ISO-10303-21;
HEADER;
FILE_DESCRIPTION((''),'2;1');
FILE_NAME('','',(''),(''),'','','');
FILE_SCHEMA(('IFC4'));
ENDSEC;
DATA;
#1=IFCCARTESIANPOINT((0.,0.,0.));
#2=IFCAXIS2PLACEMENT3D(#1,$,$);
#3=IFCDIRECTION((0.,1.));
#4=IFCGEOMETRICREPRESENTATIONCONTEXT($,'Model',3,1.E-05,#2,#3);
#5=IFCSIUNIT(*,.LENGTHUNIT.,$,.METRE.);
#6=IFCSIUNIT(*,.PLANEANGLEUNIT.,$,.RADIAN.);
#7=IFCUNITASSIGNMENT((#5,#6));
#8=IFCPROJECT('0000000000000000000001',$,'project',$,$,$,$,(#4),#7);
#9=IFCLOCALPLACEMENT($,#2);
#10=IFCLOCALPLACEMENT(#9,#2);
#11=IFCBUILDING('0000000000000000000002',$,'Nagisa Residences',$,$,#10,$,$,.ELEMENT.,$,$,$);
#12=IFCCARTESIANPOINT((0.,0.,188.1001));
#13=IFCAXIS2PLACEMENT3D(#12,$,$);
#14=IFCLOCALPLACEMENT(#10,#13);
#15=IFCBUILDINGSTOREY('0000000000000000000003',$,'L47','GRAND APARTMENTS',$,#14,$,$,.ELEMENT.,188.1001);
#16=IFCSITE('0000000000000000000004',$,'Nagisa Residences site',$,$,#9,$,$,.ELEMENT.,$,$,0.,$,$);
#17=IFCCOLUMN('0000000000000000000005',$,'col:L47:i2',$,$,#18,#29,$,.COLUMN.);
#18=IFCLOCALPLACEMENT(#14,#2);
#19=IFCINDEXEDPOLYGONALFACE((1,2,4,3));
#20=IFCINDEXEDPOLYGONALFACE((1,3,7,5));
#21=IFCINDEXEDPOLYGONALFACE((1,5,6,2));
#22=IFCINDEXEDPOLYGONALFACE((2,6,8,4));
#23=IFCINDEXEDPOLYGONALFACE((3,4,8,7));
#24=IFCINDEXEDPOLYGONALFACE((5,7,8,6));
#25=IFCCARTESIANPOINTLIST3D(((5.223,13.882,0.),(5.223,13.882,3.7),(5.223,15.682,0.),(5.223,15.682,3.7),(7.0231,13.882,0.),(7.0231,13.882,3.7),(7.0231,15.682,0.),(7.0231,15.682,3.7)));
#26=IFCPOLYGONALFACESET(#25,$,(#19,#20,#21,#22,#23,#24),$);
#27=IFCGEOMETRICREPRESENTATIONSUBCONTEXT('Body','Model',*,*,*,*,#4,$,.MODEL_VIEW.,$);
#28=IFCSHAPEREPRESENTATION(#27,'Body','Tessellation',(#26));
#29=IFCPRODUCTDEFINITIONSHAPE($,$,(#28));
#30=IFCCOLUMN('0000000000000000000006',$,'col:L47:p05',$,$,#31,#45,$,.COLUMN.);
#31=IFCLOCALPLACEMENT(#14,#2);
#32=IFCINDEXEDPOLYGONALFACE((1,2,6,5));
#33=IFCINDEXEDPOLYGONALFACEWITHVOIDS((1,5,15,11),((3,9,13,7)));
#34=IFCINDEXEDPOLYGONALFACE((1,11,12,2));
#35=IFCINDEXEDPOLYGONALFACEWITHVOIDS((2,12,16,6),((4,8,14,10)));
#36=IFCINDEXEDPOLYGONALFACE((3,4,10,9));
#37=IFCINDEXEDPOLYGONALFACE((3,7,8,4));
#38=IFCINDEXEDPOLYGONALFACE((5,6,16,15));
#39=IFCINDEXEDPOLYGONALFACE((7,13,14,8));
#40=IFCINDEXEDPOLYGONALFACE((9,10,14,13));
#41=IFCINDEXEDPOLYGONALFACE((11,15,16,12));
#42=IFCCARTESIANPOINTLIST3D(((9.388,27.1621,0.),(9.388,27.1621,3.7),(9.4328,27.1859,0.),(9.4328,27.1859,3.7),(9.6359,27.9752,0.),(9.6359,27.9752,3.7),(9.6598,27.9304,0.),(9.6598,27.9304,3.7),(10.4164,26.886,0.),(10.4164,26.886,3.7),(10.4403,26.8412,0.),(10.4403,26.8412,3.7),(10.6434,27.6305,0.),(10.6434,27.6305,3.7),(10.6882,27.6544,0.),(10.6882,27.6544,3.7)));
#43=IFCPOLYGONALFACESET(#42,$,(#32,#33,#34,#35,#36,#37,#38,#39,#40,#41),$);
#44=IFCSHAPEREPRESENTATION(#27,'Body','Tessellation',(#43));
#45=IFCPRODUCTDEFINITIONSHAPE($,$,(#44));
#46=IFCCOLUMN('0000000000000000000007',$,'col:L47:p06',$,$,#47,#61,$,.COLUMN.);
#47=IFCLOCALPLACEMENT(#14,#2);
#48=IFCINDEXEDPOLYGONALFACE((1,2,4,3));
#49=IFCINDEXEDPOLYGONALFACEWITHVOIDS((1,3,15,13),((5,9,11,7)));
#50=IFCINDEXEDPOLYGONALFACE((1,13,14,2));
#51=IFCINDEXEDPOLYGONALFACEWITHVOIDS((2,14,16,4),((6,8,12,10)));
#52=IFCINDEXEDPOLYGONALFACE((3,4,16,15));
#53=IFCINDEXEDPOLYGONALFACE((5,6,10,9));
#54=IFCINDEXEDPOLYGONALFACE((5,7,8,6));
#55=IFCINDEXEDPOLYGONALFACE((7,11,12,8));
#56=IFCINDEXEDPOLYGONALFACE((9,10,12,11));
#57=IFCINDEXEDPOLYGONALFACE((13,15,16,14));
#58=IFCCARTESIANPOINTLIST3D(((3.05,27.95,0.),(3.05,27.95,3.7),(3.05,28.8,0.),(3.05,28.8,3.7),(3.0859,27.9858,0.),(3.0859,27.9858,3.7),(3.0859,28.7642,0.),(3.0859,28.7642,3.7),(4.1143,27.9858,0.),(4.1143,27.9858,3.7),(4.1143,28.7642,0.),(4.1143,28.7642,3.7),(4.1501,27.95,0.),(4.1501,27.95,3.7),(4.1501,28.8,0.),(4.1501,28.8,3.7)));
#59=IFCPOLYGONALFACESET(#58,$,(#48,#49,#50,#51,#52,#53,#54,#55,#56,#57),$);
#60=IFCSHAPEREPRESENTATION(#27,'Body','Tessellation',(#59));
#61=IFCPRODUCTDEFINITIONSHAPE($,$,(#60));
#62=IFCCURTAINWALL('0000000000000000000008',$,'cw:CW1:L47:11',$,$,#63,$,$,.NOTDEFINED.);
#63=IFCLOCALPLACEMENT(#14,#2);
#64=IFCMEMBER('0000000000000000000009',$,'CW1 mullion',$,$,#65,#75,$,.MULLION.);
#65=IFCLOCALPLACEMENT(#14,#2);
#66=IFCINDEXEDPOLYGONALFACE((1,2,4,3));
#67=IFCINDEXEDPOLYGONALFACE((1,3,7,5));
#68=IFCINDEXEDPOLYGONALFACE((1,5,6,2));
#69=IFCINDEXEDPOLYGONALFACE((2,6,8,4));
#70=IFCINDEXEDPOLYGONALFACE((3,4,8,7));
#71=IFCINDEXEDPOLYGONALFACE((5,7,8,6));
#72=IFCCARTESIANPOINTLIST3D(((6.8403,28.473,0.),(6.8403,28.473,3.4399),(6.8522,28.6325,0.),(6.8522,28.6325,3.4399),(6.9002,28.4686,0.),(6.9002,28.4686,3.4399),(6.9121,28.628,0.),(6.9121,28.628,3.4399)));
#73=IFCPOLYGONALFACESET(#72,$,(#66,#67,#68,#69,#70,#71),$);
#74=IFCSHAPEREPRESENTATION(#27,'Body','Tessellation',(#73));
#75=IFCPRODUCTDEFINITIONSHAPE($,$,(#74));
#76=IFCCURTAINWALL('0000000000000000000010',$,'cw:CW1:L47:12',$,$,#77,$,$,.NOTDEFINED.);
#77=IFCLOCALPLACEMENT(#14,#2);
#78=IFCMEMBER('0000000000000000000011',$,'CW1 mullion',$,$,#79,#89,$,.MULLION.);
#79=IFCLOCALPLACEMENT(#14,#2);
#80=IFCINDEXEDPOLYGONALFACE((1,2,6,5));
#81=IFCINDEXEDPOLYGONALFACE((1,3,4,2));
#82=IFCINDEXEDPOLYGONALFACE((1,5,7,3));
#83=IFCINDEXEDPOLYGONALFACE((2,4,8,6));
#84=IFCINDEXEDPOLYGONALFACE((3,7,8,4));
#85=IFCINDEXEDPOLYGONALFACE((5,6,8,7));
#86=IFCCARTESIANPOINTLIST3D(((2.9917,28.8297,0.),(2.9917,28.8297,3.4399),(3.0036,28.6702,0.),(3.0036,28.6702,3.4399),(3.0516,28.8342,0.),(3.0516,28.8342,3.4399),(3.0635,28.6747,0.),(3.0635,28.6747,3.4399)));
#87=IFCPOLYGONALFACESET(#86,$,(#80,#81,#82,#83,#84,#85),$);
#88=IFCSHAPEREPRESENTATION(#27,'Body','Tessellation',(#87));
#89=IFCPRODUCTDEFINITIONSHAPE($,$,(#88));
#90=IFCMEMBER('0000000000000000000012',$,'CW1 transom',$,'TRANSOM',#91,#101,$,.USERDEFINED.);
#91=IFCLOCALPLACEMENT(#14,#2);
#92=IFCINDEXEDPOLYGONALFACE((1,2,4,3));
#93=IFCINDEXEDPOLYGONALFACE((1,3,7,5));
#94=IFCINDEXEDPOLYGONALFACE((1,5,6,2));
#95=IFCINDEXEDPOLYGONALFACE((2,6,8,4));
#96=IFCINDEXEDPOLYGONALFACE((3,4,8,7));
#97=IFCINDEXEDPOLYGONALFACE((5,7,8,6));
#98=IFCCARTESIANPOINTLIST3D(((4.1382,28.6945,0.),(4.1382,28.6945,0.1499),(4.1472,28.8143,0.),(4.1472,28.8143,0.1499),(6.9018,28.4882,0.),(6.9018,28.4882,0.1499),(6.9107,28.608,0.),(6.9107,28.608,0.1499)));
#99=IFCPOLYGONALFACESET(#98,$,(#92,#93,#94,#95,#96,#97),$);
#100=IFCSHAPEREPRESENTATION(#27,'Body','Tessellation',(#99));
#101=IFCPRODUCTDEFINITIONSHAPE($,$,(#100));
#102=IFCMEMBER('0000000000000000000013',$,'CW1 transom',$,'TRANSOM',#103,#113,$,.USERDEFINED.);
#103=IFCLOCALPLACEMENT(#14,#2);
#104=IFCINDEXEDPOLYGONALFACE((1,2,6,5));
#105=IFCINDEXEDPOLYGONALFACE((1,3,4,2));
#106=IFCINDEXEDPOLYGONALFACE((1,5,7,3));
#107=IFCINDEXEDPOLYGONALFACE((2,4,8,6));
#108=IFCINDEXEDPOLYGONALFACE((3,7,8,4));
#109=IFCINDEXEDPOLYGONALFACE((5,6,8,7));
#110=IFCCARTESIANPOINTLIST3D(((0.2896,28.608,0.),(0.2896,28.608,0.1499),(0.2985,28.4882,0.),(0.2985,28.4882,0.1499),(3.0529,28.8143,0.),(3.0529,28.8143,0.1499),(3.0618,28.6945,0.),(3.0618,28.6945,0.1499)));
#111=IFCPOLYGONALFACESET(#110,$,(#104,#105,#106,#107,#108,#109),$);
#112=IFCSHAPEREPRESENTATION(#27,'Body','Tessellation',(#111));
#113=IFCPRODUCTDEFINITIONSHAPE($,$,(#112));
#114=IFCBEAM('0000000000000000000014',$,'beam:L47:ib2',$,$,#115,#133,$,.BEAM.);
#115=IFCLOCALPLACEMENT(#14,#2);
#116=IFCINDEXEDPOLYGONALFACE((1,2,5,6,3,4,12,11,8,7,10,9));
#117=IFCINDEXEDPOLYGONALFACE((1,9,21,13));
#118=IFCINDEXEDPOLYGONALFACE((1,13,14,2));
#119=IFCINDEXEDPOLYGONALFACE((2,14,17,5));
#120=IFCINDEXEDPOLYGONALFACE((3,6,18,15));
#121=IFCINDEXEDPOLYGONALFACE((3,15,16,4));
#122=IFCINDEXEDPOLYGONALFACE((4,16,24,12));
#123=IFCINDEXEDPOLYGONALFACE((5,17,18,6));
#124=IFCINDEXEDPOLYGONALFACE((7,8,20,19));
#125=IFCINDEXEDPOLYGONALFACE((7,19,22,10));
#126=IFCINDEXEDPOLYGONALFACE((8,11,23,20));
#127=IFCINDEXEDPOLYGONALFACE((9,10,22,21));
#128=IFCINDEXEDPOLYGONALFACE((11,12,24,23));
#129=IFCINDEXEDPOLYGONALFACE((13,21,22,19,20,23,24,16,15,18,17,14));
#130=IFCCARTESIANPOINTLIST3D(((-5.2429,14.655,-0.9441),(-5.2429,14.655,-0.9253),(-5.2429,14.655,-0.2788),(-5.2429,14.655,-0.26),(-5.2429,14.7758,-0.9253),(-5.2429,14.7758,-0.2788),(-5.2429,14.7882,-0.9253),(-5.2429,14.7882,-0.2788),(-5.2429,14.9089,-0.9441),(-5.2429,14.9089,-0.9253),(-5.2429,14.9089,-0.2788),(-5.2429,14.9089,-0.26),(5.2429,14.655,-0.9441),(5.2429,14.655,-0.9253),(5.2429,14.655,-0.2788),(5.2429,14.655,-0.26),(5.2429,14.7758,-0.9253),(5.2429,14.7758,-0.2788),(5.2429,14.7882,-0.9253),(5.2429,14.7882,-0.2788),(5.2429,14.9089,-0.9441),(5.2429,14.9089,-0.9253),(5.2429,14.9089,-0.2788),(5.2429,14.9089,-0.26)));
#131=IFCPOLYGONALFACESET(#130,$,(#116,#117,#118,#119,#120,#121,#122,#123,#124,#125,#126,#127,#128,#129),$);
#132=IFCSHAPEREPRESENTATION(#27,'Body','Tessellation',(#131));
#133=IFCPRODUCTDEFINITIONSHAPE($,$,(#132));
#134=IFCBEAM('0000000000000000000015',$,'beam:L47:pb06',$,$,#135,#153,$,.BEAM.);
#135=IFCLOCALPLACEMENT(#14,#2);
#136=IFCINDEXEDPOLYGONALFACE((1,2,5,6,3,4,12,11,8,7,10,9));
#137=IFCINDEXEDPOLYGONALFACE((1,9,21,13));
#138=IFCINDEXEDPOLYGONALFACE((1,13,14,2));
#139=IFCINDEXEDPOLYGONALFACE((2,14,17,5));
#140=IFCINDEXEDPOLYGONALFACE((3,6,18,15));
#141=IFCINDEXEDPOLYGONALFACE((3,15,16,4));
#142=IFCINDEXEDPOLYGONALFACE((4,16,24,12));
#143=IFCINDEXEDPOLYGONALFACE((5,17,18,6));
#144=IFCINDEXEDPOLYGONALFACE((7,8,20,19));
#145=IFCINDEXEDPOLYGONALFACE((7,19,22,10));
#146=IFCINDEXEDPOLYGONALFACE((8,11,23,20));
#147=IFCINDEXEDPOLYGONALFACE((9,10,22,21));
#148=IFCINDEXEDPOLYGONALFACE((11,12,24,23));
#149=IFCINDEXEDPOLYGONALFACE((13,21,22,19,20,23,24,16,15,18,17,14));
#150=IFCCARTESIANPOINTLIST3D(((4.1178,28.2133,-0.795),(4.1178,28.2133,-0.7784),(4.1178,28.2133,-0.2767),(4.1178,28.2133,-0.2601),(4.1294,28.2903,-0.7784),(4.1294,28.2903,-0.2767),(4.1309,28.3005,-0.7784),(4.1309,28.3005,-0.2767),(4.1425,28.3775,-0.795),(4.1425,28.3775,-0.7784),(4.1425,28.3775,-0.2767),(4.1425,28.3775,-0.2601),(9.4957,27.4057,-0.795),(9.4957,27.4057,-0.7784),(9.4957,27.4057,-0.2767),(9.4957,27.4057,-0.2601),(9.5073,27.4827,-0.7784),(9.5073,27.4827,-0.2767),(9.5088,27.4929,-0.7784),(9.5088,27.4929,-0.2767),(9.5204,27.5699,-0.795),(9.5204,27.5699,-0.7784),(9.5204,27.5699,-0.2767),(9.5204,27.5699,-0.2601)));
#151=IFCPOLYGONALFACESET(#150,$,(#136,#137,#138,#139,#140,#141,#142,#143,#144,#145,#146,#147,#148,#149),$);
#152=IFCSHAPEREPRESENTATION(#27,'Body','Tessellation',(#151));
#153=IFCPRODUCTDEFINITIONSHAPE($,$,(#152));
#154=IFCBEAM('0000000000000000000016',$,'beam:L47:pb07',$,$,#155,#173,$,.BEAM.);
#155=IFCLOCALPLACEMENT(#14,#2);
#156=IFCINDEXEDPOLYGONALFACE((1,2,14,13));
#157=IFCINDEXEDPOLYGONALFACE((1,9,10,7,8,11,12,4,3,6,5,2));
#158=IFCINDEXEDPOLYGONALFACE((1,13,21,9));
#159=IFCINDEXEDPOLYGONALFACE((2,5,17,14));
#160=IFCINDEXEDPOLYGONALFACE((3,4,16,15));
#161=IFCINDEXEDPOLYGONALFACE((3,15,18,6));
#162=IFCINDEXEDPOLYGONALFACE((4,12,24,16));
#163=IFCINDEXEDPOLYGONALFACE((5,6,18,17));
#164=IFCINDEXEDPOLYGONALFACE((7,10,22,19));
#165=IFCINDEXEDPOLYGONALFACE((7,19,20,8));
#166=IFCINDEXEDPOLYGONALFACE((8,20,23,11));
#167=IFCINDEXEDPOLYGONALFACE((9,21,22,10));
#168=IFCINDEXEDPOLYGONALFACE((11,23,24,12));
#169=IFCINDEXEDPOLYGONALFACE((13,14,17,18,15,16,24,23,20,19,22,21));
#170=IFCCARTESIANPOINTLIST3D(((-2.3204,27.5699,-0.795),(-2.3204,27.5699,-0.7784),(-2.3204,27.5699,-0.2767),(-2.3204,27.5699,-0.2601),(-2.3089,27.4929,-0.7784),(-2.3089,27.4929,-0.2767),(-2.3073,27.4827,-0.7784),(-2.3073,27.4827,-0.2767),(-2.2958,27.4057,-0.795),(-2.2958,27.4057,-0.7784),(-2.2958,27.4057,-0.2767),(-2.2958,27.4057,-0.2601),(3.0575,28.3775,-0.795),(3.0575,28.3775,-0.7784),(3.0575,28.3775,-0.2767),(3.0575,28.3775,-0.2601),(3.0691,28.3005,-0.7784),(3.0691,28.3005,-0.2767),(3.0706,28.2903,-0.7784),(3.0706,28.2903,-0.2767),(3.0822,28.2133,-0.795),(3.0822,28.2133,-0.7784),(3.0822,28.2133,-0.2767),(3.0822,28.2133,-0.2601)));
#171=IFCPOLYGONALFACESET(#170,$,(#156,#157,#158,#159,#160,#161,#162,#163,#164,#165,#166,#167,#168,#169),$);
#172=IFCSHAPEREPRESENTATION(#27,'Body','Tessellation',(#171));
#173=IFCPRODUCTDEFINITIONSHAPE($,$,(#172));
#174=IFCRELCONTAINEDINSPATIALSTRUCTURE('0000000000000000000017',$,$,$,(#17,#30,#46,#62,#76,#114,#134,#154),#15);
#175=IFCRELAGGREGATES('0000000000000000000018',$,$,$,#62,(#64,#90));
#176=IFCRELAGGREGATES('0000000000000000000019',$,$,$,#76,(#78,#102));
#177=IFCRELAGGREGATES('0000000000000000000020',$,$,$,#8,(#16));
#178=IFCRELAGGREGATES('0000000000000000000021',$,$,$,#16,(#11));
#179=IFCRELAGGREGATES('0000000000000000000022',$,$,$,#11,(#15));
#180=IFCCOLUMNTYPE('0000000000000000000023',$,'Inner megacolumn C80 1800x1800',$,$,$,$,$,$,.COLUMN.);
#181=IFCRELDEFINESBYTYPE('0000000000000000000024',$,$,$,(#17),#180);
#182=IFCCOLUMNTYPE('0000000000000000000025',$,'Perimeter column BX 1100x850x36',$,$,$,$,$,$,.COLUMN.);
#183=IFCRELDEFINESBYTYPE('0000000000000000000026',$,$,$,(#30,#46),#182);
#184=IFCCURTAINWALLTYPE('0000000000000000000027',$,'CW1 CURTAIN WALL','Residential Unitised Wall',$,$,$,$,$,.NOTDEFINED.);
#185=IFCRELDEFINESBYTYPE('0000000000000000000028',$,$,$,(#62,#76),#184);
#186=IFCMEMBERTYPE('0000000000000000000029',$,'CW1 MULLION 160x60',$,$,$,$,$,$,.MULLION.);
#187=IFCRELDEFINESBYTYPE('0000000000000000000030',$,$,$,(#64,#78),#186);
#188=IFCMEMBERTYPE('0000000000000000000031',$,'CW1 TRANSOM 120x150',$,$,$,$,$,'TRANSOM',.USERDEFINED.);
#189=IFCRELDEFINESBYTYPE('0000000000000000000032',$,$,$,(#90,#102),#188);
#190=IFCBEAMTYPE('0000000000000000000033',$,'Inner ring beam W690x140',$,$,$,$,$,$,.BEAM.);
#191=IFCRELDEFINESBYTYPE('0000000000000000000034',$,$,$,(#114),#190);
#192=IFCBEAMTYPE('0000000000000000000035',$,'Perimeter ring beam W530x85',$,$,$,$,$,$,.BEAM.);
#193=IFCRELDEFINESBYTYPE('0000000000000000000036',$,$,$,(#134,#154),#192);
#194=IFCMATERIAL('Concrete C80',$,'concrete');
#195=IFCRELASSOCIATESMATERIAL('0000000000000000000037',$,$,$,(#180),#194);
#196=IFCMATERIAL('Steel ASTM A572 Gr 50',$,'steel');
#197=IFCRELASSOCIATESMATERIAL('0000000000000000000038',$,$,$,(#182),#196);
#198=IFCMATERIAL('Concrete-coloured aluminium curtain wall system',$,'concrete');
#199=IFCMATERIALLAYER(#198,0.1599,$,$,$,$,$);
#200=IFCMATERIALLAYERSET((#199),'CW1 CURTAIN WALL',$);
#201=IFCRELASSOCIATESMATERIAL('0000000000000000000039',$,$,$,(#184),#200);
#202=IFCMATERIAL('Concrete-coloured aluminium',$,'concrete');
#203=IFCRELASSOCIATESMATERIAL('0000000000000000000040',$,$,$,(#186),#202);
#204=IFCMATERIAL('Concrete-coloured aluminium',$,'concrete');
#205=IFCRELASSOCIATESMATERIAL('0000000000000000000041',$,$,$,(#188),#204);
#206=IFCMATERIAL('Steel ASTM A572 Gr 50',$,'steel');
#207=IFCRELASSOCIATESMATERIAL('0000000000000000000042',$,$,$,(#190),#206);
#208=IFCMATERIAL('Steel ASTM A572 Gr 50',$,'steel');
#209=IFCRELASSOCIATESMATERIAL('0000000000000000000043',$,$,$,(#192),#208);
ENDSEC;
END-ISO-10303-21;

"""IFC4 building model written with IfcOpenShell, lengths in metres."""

from ifc_helpers import new_model, si_unit, direction, frame, origin, origin_2d, place, context, subcontext, project, spatial, rectangle, hollow_rectangle, i_section, extrude, material, layer, layer_set, material_profile, profile_set, type_object, element, aggregate, save


model = new_model("IFC4")

# Units and contexts
model_context = context("Model", 3, precision=1e-05, world=origin(), true_north=direction((0.0, 1.0)))
body_context = subcontext(model_context, "Body", "Model", "MODEL_VIEW")
ifc_project = project(units=[si_unit("LENGTHUNIT", "METRE"), si_unit("PLANEANGLEUNIT", "RADIAN")], contexts=[model_context])

# Site, building, storey
site_placement = place(None, origin())
site = spatial("IfcSite", under=ifc_project, at=site_placement, Name="Nagisa Residences site", CompositionType="ELEMENT", RefElevation=0.0)
building_placement = place(site_placement, origin())
building = spatial("IfcBuilding", under=site, at=building_placement, Name="Nagisa Residences", CompositionType="ELEMENT")
storey_placement = place(building_placement, frame((0.0, 0.0, 188.1001)))
storey = spatial("IfcBuildingStorey", under=building, at=storey_placement, Name="L47", Description="GRAND APARTMENTS", CompositionType="ELEMENT", Elevation=188.1001)

# Columns
ifc_material_1 = material(Name="Concrete C80", Category="concrete")
ifc_material_profile_1 = material_profile(ifc_material_1, rectangle(XDim=1.8, YDim=1.8, at=origin_2d()), Name="C80 1800x1800")
ifc_profile_set_1 = profile_set([ifc_material_profile_1], Name="Concrete C80")
column_type_1 = type_object("IfcColumnType", Name="Inner megacolumn C80 1800x1800", PredefinedType="COLUMN", material=ifc_profile_set_1)
column_placement = place(storey_placement, frame((6.123, 14.782, 0.0), z_axis=(0.0, 0.0, 1.0), x_axis=(1.0, 0.0, 0.0)))
element("IfcColumn", 1, at=column_placement, inside=storey, type_object=column_type_1, Name="col:L47:i2", PredefinedType="COLUMN", context=body_context, shape_type="SweptSolid", body=[
    extrude(rectangle(XDim=1.8, YDim=1.8, at=origin_2d()), origin(), (0.0, 0.0, 1.0), 3.7),
])
ifc_material_2 = material(Name="Steel ASTM A572 Gr 50", Category="steel")
ifc_material_profile_2 = material_profile(ifc_material_2, hollow_rectangle(XDim=1.1001, YDim=0.8501, WallThickness=0.0359, at=origin_2d()), Name="BX 1100x850x36")
ifc_profile_set_2 = profile_set([ifc_material_profile_2], Name="Steel ASTM A572 Gr 50")
column_type_2 = type_object("IfcColumnType", Name="Perimeter column BX 1100x850x36", PredefinedType="COLUMN", material=ifc_profile_set_2)
for number, where, z_axis, x_axis, name in (
    (2, (10.0381, 27.4082, 0.0), (0.0, 0.0, 1.0), (-0.956525, 0.291652, 0.0), "col:L47:p05"),
    (3, (3.6001, 28.375, 0.0), (0.0, 0.0, 1.0), (-1.0, 0.0, 0.0), "col:L47:p06"),
):
    element("IfcColumn", number, at=place(storey_placement, frame(where, z_axis=z_axis, x_axis=x_axis)), inside=storey, type_object=column_type_2, Name=name, PredefinedType="COLUMN", context=body_context, shape_type="SweptSolid", body=[
        extrude(hollow_rectangle(XDim=1.1001, YDim=0.8501, WallThickness=0.0359, at=origin_2d()), origin(), (0.0, 0.0, 1.0), 3.7),
    ])

# Curtain walls, members
ifc_material_3 = material(Name="Concrete-coloured aluminium curtain wall system", Category="concrete")
ifc_layer_1 = layer(ifc_material_3, 0.1599)
ifc_layer_set_1 = layer_set([ifc_layer_1], Name="CW1 CURTAIN WALL")
curtain_wall_type = type_object("IfcCurtainWallType", Name="CW1 CURTAIN WALL", Description="Residential Unitised Wall", PredefinedType="NOTDEFINED", material=ifc_layer_set_1)
curtain_wall_1_placement = place(storey_placement, origin())
curtain_wall_1 = element("IfcCurtainWall", 4, at=curtain_wall_1_placement, inside=storey, type_object=curtain_wall_type, Name="cw:CW1:L47:11", PredefinedType="NOTDEFINED")
ifc_material_4 = material(Name="Concrete-coloured aluminium", Category="concrete")
ifc_material_profile_3 = material_profile(ifc_material_4, rectangle(XDim=0.1599, YDim=0.0601, at=origin_2d()), Name="CW1 MULLION 160x60")
ifc_profile_set_3 = profile_set([ifc_material_profile_3], Name="Concrete-coloured aluminium")
member_type_1 = type_object("IfcMemberType", Name="CW1 MULLION 160x60", PredefinedType="MULLION", material=ifc_profile_set_3)
member_1_placement = place(storey_placement, frame((6.8762, 28.5505, 0.0), z_axis=(0.0, 0.0, 1.0), x_axis=(-0.074377, -0.99723, 0.0)))
member_1 = element("IfcMember", 5, at=member_1_placement, type_object=member_type_1, Name="CW1 mullion", PredefinedType="MULLION", context=body_context, shape_type="SweptSolid", body=[
    extrude(rectangle(XDim=0.1599, YDim=0.0601, at=origin_2d()), origin(), (0.0, 0.0, 1.0), 3.4399),
])
curtain_wall_2_placement = place(storey_placement, origin())
curtain_wall_2 = element("IfcCurtainWall", 6, at=curtain_wall_2_placement, inside=storey, type_object=curtain_wall_type, Name="cw:CW1:L47:12", PredefinedType="NOTDEFINED")
member_2_placement = place(storey_placement, frame((3.0276, 28.7522, 0.0), z_axis=(0.0, 0.0, 1.0), x_axis=(0.074377, -0.99723, 0.0)))
member_2 = element("IfcMember", 7, at=member_2_placement, type_object=member_type_1, Name="CW1 mullion", PredefinedType="MULLION", context=body_context, shape_type="SweptSolid", body=[
    extrude(rectangle(XDim=0.1599, YDim=0.0601, at=origin_2d()), origin(), (0.0, 0.0, 1.0), 3.4399),
])

# Members
ifc_material_5 = material(Name="Concrete-coloured aluminium", Category="concrete")
ifc_material_profile_4 = material_profile(ifc_material_5, rectangle(XDim=0.1201, YDim=0.1499, at=origin_2d()), Name="CW1 TRANSOM 120x150")
ifc_profile_set_4 = profile_set([ifc_material_profile_4], Name="Concrete-coloured aluminium")
member_type_2 = type_object("IfcMemberType", Name="CW1 TRANSOM 120x150", ElementType="TRANSOM", PredefinedType="USERDEFINED", material=ifc_profile_set_4)
member_3_placement = place(storey_placement, frame((6.9062, 28.5481, 0.075), z_axis=(-0.997226, 0.07444, 0.0), x_axis=(-0.07444, -0.997226, 0.0)))
member_3 = element("IfcMember", 8, at=member_3_placement, type_object=member_type_2, Name="CW1 transom", ObjectType="TRANSOM", PredefinedType="USERDEFINED", context=body_context, shape_type="SweptSolid", body=[
    extrude(rectangle(XDim=0.1201, YDim=0.1499, at=origin_2d()), origin(), (0.0, 0.0, 1.0), 2.7712),
])
member_4_placement = place(storey_placement, frame((3.0574, 28.7544, 0.075), z_axis=(-0.997225, -0.074446, 0.0), x_axis=(0.074446, -0.997225, 0.0)))
member_4 = element("IfcMember", 9, at=member_4_placement, type_object=member_type_2, Name="CW1 transom", ObjectType="TRANSOM", PredefinedType="USERDEFINED", context=body_context, shape_type="SweptSolid", body=[
    extrude(rectangle(XDim=0.1201, YDim=0.1499, at=origin_2d()), origin(), (0.0, 0.0, 1.0), 2.771),
])

# Beams
ifc_material_6 = material(Name="Steel ASTM A572 Gr 50", Category="steel")
ifc_material_profile_5 = material_profile(ifc_material_6, i_section(OverallWidth=0.2539, OverallDepth=0.6841, WebThickness=0.0125, FlangeThickness=0.0188, at=origin_2d()), Name="W690x140")
ifc_profile_set_5 = profile_set([ifc_material_profile_5], Name="Steel ASTM A572 Gr 50")
beam_type_1 = type_object("IfcBeamType", Name="Inner ring beam W690x140", PredefinedType="BEAM", material=ifc_profile_set_5)
beam_1_placement = place(storey_placement, frame((5.2429, 14.782, -0.6021), z_axis=(-1.0, 0.0, 0.0), x_axis=(0.0, -1.0, 0.0)))
element("IfcBeam", 10, at=beam_1_placement, inside=storey, type_object=beam_type_1, Name="beam:L47:ib2", PredefinedType="BEAM", context=body_context, shape_type="SweptSolid", body=[
    extrude(i_section(OverallWidth=0.2539, OverallDepth=0.6841, WebThickness=0.0125, FlangeThickness=0.0188, at=origin_2d()), origin(), (0.0, 0.0, 1.0), 10.4858),
])
ifc_material_7 = material(Name="Steel ASTM A572 Gr 50", Category="steel")
ifc_material_profile_6 = material_profile(ifc_material_7, i_section(OverallWidth=0.166, OverallDepth=0.5349, WebThickness=0.0103, FlangeThickness=0.0166, at=origin_2d()), Name="W530x85")
ifc_profile_set_6 = profile_set([ifc_material_profile_6], Name="Steel ASTM A572 Gr 50")
beam_type_2 = type_object("IfcBeamType", Name="Perimeter ring beam W530x85", PredefinedType="BEAM", material=ifc_profile_set_6)
for number, where, z_axis, x_axis, name in (
    (11, (9.5081, 27.4878, -0.5276), (-0.988911, 0.148507, 0.0), (-0.148507, -0.988911, 0.0), "beam:L47:pb06"),
    (12, (3.0698, 28.2954, -0.5276), (-0.988911, -0.148507, 0.0), (0.148507, -0.988911, 0.0), "beam:L47:pb07"),
):
    element("IfcBeam", number, at=place(storey_placement, frame(where, z_axis=z_axis, x_axis=x_axis)), inside=storey, type_object=beam_type_2, Name=name, PredefinedType="BEAM", context=body_context, shape_type="SweptSolid", body=[
        extrude(i_section(OverallWidth=0.166, OverallDepth=0.5349, WebThickness=0.0103, FlangeThickness=0.0166, at=origin_2d()), origin(), (0.0, 0.0, 1.0), 5.4382),
    ])

aggregate(curtain_wall_1, [member_1, member_3])
aggregate(curtain_wall_2, [member_2, member_4])

save(model, "model.ifc")
